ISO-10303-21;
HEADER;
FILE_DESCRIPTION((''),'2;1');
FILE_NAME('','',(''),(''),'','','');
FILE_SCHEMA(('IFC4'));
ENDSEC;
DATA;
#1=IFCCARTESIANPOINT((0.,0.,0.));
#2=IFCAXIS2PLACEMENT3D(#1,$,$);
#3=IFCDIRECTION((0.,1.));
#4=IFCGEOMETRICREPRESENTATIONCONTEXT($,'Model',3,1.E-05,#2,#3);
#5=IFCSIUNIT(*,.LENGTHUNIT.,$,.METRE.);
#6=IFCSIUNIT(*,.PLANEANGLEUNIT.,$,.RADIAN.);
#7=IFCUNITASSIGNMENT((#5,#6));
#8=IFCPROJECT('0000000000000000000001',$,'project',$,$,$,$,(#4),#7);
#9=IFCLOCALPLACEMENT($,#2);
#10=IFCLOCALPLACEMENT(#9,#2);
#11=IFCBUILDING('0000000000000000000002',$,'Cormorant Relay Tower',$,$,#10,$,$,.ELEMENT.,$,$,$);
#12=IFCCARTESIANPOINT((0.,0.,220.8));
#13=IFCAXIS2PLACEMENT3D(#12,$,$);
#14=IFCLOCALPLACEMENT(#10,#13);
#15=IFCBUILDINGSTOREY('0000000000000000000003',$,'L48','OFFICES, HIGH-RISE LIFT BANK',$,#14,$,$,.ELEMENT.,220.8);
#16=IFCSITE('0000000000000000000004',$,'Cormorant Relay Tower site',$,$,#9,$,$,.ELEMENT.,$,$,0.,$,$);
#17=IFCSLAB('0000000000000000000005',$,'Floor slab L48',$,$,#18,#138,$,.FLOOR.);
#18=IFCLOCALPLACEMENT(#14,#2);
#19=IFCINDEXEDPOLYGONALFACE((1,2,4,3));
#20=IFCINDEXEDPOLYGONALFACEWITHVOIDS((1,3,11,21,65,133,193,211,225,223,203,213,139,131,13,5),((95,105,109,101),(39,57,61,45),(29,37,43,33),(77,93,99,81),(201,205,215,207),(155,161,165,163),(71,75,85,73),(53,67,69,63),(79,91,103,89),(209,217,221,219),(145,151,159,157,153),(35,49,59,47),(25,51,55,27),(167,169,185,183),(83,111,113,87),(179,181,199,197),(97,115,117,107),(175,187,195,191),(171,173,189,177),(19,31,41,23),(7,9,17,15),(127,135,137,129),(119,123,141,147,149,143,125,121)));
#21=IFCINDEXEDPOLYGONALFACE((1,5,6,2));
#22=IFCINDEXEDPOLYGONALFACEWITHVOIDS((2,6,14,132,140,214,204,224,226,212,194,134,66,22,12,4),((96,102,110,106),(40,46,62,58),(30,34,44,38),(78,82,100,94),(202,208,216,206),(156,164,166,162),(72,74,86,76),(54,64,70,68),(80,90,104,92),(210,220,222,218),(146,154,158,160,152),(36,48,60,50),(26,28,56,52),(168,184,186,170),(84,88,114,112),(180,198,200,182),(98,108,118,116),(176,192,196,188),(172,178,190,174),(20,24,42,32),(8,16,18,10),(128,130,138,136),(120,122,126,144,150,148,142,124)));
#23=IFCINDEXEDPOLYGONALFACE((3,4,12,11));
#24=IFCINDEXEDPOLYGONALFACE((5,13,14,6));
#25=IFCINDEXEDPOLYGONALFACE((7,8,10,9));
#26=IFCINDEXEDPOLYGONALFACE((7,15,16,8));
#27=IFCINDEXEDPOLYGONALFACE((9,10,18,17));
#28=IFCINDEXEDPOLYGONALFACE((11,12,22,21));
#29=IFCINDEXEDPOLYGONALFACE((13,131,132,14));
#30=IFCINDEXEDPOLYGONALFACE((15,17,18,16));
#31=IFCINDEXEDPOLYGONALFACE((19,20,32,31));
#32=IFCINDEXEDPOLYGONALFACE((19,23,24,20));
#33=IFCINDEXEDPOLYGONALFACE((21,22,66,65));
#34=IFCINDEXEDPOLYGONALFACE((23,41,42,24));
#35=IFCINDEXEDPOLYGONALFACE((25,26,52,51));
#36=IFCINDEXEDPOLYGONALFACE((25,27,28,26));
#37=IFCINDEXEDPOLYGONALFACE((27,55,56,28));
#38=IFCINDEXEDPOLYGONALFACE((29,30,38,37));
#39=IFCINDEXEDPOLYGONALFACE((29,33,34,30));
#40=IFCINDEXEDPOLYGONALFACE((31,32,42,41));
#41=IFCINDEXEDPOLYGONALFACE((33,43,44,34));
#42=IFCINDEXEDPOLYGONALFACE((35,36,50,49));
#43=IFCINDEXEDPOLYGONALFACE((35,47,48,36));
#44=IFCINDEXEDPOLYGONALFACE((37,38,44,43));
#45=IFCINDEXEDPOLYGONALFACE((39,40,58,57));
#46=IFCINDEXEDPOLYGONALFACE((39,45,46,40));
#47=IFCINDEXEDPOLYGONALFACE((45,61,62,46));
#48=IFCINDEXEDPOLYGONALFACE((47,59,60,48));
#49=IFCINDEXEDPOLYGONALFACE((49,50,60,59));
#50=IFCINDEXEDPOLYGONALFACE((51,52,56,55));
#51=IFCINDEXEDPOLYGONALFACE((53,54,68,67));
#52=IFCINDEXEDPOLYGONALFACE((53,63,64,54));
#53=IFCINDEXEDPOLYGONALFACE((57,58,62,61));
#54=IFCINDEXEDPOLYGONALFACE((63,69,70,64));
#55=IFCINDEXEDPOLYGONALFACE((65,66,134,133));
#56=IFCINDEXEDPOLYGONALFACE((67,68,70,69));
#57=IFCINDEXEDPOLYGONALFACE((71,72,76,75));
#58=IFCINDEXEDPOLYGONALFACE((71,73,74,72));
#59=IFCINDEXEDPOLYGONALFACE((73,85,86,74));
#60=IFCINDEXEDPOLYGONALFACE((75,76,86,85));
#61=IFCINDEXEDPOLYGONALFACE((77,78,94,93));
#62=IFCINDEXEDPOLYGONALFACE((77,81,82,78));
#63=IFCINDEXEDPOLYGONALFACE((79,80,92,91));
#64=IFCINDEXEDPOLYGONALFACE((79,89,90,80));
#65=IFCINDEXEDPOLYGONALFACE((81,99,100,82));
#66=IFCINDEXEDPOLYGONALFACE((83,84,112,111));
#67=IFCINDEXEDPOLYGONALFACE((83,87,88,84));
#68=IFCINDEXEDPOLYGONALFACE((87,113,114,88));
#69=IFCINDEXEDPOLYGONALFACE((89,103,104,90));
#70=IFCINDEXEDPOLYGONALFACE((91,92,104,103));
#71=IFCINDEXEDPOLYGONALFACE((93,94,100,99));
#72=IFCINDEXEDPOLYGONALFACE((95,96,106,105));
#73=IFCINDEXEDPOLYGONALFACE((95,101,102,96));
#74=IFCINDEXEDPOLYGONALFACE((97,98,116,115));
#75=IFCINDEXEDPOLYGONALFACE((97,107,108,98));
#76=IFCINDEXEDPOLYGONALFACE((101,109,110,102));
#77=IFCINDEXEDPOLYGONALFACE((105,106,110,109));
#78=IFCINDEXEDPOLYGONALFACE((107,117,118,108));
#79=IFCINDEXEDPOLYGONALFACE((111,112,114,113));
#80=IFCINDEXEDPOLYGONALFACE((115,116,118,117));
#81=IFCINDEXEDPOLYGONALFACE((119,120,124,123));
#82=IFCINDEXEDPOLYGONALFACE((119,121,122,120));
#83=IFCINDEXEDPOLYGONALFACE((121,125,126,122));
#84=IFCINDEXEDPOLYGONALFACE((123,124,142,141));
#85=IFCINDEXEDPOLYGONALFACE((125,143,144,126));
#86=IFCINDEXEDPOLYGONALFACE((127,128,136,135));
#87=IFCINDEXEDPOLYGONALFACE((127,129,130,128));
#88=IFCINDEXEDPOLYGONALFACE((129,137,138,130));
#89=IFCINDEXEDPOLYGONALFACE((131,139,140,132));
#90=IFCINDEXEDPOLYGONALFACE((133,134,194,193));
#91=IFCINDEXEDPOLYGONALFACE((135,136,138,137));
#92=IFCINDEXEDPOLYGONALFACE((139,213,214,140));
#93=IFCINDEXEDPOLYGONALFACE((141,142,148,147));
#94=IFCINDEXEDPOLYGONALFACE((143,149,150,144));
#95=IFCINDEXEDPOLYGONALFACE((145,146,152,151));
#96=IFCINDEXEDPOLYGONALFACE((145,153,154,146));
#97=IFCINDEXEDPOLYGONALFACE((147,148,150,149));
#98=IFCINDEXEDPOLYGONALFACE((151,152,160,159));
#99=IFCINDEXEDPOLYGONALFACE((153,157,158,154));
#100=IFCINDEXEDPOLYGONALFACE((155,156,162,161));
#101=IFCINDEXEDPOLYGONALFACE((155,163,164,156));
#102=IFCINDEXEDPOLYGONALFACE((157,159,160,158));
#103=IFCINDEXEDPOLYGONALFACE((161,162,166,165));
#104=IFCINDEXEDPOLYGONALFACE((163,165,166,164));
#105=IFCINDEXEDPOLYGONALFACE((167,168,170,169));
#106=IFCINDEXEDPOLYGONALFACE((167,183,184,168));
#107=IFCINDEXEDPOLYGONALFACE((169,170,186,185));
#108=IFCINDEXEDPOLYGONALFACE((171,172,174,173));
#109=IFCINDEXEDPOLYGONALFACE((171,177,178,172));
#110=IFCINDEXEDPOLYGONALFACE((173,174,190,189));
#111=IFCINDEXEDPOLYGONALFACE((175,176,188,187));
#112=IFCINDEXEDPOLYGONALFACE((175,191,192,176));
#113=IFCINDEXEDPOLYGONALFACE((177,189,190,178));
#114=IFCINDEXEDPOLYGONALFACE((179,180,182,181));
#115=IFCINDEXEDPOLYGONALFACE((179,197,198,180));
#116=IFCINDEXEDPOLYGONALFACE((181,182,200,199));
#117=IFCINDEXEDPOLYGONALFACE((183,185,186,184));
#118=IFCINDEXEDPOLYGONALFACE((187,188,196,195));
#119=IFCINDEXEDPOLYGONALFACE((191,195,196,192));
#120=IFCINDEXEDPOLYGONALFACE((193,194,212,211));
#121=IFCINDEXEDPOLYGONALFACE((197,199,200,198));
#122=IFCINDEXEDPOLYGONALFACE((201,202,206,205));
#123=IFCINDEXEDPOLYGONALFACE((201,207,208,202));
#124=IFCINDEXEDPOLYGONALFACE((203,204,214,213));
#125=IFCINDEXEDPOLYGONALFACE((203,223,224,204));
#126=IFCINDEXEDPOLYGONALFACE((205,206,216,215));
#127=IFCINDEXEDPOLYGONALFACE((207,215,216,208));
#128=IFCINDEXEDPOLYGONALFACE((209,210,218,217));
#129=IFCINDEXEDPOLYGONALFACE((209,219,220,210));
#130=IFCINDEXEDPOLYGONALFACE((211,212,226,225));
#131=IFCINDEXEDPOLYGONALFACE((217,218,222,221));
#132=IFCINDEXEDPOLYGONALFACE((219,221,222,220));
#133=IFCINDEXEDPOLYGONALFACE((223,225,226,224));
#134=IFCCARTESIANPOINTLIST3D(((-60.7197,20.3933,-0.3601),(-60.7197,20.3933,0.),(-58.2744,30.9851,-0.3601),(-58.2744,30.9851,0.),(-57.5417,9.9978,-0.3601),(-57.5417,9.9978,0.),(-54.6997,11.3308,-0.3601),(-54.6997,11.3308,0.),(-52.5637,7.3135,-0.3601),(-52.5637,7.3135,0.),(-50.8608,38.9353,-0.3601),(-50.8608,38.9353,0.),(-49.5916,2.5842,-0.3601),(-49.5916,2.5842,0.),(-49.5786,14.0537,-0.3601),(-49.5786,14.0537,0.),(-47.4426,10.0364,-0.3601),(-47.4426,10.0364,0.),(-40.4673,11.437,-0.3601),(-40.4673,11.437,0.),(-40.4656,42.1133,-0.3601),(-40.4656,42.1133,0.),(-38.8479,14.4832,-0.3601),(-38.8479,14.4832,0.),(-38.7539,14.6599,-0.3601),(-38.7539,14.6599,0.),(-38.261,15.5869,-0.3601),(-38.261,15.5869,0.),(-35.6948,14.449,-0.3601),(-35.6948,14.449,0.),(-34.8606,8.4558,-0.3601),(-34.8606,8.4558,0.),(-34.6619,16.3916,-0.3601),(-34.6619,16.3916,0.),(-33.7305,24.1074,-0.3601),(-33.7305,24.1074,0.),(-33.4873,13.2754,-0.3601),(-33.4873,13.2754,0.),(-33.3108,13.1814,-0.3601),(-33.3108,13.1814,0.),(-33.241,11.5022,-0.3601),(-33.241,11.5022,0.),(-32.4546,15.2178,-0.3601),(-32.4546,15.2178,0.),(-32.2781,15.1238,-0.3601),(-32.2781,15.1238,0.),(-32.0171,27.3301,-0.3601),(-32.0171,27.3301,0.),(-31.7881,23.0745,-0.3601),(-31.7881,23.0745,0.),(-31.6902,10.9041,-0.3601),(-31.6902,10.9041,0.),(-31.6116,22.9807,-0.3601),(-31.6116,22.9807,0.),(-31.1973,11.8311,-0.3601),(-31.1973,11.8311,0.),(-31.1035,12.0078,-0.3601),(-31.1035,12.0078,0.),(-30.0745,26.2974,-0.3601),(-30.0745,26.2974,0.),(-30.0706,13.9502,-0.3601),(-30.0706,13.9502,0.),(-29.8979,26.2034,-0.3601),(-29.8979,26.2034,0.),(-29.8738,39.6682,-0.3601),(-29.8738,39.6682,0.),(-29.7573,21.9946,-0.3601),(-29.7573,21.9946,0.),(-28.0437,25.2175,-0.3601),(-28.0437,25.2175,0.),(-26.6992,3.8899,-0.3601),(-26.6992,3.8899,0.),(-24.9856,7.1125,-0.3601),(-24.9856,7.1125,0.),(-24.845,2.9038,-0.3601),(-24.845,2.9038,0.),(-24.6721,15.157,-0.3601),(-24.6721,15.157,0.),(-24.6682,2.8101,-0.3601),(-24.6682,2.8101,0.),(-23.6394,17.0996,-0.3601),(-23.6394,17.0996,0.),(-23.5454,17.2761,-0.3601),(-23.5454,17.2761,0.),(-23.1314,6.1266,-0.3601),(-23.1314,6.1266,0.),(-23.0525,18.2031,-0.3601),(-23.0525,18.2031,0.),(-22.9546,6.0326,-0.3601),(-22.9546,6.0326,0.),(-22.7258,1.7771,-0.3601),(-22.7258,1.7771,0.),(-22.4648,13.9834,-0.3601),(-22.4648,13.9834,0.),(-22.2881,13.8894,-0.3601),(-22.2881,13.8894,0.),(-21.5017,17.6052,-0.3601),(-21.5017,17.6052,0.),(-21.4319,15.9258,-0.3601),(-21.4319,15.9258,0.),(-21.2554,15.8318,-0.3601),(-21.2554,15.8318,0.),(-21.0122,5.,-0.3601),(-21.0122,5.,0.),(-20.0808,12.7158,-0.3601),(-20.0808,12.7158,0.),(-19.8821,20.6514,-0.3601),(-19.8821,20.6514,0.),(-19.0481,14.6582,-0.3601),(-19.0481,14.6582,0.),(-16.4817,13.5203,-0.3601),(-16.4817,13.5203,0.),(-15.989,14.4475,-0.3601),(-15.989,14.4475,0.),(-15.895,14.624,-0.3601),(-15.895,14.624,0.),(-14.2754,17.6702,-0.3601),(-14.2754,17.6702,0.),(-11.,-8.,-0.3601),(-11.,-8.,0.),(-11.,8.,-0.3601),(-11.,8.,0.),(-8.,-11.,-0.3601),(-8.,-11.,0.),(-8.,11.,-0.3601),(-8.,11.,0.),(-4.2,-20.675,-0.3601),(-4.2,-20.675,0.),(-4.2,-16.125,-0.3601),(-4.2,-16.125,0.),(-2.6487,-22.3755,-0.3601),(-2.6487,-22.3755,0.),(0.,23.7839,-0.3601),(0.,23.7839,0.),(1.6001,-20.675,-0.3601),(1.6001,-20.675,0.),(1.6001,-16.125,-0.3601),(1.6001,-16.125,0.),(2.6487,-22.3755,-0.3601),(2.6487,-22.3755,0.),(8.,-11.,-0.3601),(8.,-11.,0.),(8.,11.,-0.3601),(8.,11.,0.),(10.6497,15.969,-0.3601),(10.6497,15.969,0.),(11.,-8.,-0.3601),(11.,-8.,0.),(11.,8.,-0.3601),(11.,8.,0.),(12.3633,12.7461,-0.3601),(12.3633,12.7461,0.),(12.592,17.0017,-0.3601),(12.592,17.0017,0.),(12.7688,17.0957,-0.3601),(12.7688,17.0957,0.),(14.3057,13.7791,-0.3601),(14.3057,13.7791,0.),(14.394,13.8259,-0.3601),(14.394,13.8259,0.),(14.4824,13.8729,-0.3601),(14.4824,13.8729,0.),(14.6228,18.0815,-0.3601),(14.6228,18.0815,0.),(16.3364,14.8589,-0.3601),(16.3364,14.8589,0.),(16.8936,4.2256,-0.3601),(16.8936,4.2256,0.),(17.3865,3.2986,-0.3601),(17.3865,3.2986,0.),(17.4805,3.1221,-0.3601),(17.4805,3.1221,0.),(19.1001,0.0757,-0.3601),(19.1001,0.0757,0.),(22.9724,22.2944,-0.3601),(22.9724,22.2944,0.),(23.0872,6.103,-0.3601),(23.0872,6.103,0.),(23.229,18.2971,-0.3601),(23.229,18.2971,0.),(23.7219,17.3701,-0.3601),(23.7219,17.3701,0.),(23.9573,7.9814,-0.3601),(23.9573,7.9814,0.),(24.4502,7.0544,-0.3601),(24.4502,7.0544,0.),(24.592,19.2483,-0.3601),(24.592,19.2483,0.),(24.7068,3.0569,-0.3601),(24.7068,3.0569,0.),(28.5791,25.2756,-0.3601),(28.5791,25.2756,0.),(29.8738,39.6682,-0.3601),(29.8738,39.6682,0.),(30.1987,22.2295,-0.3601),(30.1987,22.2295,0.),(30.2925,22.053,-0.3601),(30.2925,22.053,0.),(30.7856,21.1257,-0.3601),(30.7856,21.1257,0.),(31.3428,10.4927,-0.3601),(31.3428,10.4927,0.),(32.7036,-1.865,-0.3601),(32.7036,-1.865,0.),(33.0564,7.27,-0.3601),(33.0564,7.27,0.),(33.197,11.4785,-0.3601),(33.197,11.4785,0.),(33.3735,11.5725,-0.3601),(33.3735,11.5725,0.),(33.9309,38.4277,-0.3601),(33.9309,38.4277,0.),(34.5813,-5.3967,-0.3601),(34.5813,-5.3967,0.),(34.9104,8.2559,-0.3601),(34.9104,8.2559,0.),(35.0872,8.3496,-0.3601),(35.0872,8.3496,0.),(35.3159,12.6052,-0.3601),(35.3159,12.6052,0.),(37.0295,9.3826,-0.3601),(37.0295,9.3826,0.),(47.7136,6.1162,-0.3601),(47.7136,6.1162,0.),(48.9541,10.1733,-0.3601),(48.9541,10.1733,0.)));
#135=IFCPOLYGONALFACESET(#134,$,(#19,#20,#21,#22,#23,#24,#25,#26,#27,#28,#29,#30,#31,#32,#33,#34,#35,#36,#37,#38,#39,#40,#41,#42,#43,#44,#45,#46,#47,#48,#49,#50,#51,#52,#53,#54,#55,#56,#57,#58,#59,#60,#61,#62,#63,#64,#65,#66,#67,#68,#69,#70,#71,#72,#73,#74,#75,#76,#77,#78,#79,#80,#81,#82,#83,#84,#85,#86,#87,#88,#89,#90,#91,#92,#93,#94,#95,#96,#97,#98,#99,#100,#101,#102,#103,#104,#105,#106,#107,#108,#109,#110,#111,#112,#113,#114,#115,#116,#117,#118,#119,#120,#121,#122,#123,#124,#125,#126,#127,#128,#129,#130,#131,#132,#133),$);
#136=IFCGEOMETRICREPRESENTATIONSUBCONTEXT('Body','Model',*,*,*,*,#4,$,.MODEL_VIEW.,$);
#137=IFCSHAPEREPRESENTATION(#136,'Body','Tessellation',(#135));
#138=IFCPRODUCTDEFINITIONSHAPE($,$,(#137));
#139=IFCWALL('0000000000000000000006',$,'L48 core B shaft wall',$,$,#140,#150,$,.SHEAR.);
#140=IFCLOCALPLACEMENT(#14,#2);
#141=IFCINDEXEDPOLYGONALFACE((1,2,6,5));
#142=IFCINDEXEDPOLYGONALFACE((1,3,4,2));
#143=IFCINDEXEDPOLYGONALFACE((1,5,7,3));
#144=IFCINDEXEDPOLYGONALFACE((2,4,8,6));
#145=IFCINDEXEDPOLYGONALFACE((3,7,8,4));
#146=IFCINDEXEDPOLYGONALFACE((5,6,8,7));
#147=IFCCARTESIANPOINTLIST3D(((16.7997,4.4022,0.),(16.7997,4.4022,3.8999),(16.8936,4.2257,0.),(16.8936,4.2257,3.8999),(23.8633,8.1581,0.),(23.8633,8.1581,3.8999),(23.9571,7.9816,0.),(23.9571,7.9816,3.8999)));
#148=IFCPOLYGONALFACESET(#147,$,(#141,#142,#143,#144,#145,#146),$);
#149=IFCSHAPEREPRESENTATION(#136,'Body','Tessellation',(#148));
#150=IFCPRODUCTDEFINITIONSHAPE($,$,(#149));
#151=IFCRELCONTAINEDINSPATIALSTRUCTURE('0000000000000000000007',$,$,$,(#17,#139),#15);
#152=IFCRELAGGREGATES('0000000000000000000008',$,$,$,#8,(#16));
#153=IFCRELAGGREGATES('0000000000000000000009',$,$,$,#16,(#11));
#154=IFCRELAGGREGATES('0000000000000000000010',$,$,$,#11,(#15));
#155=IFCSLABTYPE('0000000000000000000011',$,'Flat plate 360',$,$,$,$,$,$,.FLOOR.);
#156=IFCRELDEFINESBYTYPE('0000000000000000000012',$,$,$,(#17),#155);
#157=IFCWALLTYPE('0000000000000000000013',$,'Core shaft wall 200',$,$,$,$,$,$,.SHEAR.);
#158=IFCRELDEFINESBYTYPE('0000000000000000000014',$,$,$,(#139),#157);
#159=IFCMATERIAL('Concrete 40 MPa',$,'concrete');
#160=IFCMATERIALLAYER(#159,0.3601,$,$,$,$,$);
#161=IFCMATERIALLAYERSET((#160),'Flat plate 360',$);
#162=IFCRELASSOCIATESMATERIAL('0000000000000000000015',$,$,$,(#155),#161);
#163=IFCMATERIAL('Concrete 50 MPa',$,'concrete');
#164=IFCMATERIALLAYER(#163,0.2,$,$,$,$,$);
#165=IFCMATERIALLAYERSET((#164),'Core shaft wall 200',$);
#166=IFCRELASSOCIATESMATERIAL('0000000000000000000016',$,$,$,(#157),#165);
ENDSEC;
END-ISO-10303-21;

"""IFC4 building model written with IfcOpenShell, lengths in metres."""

from ifc_helpers import new_model, si_unit, direction, frame, frame_2d, origin, place, context, subcontext, project, spatial, polyline, rectangle, outline, extrude, material, layer, layer_set, type_object, element, save


model = new_model("IFC4")

# Units and contexts
model_context = context("Model", 3, precision=1e-05, world=origin(), true_north=direction((0.0, 1.0)))
body_context = subcontext(model_context, "Body", "Model", "MODEL_VIEW")
ifc_project = project(units=[si_unit("LENGTHUNIT", "METRE"), si_unit("PLANEANGLEUNIT", "RADIAN")], contexts=[model_context])

# Site, building, storey
site_placement = place(None, origin())
site = spatial("IfcSite", under=ifc_project, at=site_placement, Name="Cormorant Relay Tower site", CompositionType="ELEMENT", RefElevation=0.0)
building_placement = place(site_placement, origin())
building = spatial("IfcBuilding", under=site, at=building_placement, Name="Cormorant Relay Tower", CompositionType="ELEMENT")
storey_placement = place(building_placement, frame((0.0, 0.0, 220.8)))
storey = spatial("IfcBuildingStorey", under=building, at=storey_placement, Name="L48", Description="OFFICES, HIGH-RISE LIFT BANK", CompositionType="ELEMENT", Elevation=220.8)

# Slab
ifc_material_1 = material(Name="Concrete 40 MPa", Category="concrete")
ifc_layer_1 = layer(ifc_material_1, 0.3601)
ifc_layer_set_1 = layer_set([ifc_layer_1], Name="Flat plate 360")
slab_type_1 = type_object("IfcSlabType", Name="Flat plate 360", PredefinedType="FLOOR", material=ifc_layer_set_1)
slab_1_placement = place(storey_placement, frame((0.0, 0.0, -0.3601)))
element("IfcSlab", 1, at=slab_1_placement, inside=storey, type_object=slab_type_1, Name="Floor slab L48", PredefinedType="FLOOR", context=body_context, shape_type="SweptSolid", body=[
    extrude(outline(polyline([(-60.7197, 20.3933), (-58.2744, 30.9851), (-50.8608, 38.9353), (-40.4656, 42.1133), (-29.8738, 39.6682), (0.0, 23.7839), (29.8738, 39.6682), (33.9309, 38.4277), (48.9541, 10.1733), (47.7136, 6.1162), (32.7036, -1.865), (34.5813, -5.3967), (2.6487, -22.3755), (-2.6487, -22.3755), (-49.5916, 2.5842), (-57.5417, 9.9978), (-60.7197, 20.3933)]), holes=[polyline([(11.0, -8.0), (11.0, 8.0), (8.0, 11.0), (-8.0, 11.0), (-11.0, 8.0), (-11.0, -8.0), (-8.0, -11.0), (8.0, -11.0), (11.0, -8.0)]), polyline([(-22.9546, 6.0327), (-24.6682, 2.8101), (-22.7258, 1.7771), (-21.0122, 5.0), (-23.043, 6.0796), (-22.9546, 6.0327)]), polyline([(-24.9856, 7.1125), (-26.6992, 3.8899), (-24.845, 2.9038), (-23.1313, 6.1267), (-23.043, 6.0796), (-24.9856, 7.1125)]), polyline([(-54.6997, 11.3308), (-52.5637, 7.3135), (-47.4426, 10.0364), (-49.5786, 14.0537), (-54.6997, 11.3308)]), polyline([(-33.241, 11.5022), (-38.8479, 14.4832), (-40.4673, 11.437), (-34.8606, 8.4558), (-33.241, 11.5022)]), polyline([(-38.261, 15.5869), (-38.7539, 14.6599), (-31.6902, 10.9041), (-31.1973, 11.8311), (-38.261, 15.5869)]), polyline([(-31.1035, 12.0078), (-30.0706, 13.9502), (-32.2781, 15.1238), (-33.3108, 13.1814), (-31.1035, 12.0078)]), polyline([(-22.2881, 13.8894), (-20.0808, 12.7158), (-19.0481, 14.6582), (-21.2554, 15.8318), (-22.2881, 13.8894)]), polyline([(-34.6619, 16.3916), (-35.6948, 14.449), (-33.4873, 13.2754), (-32.4546, 15.2178), (-34.6619, 16.3916)]), polyline([(-22.4648, 13.9834), (-21.4319, 15.9258), (-23.6394, 17.0996), (-24.6721, 15.157), (-22.4648, 13.9834)]), polyline([(-31.6116, 22.9807), (-29.7573, 21.9946), (-28.0437, 25.2175), (-29.8979, 26.2034), (-31.6116, 22.9807)]), polyline([(-32.0171, 27.3301), (-33.7305, 24.1074), (-31.7881, 23.0745), (-30.0745, 26.2974), (-32.0171, 27.3301)]), polyline([(-4.2, -16.125), (-4.2, -20.675), (1.6001, -20.675), (1.6001, -16.125), (-4.2, -16.125)]), polyline([(17.4805, 3.1221), (19.1001, 0.0757), (24.7068, 3.0569), (23.0872, 6.103), (17.4805, 3.1221)]), polyline([(17.3865, 3.2986), (24.4502, 7.0544), (23.9573, 7.9814), (16.8936, 4.2256), (17.3865, 3.2986)]), polyline([(33.197, 11.4785), (31.3428, 10.4927), (33.0564, 7.27), (34.9104, 8.2559), (33.197, 11.4785)]), polyline([(33.3735, 11.5725), (35.0872, 8.3496), (37.0295, 9.3826), (35.3159, 12.6052), (33.3735, 11.5725)]), polyline([(14.3057, 13.7791), (12.592, 17.0017), (10.6497, 15.969), (12.3633, 12.7461), (14.394, 13.8259), (14.3057, 13.7791)]), polyline([(16.3364, 14.8589), (14.6228, 18.0815), (12.7688, 17.0957), (14.4824, 13.8728), (14.394, 13.8259), (16.3364, 14.8589)]), polyline([(-16.4817, 13.5203), (-15.989, 14.4475), (-23.0525, 18.2031), (-23.5454, 17.2761), (-16.4817, 13.5203)]), polyline([(-15.895, 14.624), (-14.2754, 17.6702), (-19.8821, 20.6514), (-21.5017, 17.6052), (-15.895, 14.624)]), polyline([(30.7856, 21.1257), (30.2925, 22.053), (23.229, 18.2971), (23.7219, 17.3701), (30.7856, 21.1257)]), polyline([(24.592, 19.2483), (30.1987, 22.2295), (28.5791, 25.2756), (22.9724, 22.2944), (24.592, 19.2483)])]), origin(), (0.0, 0.0, 1.0), 0.3601),
])

# Wall
ifc_material_2 = material(Name="Concrete 50 MPa", Category="concrete")
ifc_layer_2 = layer(ifc_material_2, 0.2)
ifc_layer_set_2 = layer_set([ifc_layer_2], Name="Core shaft wall 200")
wall_type_1 = type_object("IfcWallType", Name="Core shaft wall 200", PredefinedType="SHEAR", material=ifc_layer_set_2)
wall_1_placement = place(storey_placement, frame((16.8467, 4.314, 0.0), z_axis=(0.0, 0.0, 1.0), x_axis=(0.88294, 0.469485, 0.0)))
element("IfcWall", 2, at=wall_1_placement, inside=storey, type_object=wall_type_1, Name="L48 core B shaft wall", PredefinedType="SHEAR", context=body_context, shape_type="SweptSolid", body=[
    extrude(rectangle(XDim=8.0, YDim=0.2, at=frame_2d((4.0, 0.0))), origin(), (0.0, 0.0, 1.0), 3.8999),
])

save(model, "model.ifc")
